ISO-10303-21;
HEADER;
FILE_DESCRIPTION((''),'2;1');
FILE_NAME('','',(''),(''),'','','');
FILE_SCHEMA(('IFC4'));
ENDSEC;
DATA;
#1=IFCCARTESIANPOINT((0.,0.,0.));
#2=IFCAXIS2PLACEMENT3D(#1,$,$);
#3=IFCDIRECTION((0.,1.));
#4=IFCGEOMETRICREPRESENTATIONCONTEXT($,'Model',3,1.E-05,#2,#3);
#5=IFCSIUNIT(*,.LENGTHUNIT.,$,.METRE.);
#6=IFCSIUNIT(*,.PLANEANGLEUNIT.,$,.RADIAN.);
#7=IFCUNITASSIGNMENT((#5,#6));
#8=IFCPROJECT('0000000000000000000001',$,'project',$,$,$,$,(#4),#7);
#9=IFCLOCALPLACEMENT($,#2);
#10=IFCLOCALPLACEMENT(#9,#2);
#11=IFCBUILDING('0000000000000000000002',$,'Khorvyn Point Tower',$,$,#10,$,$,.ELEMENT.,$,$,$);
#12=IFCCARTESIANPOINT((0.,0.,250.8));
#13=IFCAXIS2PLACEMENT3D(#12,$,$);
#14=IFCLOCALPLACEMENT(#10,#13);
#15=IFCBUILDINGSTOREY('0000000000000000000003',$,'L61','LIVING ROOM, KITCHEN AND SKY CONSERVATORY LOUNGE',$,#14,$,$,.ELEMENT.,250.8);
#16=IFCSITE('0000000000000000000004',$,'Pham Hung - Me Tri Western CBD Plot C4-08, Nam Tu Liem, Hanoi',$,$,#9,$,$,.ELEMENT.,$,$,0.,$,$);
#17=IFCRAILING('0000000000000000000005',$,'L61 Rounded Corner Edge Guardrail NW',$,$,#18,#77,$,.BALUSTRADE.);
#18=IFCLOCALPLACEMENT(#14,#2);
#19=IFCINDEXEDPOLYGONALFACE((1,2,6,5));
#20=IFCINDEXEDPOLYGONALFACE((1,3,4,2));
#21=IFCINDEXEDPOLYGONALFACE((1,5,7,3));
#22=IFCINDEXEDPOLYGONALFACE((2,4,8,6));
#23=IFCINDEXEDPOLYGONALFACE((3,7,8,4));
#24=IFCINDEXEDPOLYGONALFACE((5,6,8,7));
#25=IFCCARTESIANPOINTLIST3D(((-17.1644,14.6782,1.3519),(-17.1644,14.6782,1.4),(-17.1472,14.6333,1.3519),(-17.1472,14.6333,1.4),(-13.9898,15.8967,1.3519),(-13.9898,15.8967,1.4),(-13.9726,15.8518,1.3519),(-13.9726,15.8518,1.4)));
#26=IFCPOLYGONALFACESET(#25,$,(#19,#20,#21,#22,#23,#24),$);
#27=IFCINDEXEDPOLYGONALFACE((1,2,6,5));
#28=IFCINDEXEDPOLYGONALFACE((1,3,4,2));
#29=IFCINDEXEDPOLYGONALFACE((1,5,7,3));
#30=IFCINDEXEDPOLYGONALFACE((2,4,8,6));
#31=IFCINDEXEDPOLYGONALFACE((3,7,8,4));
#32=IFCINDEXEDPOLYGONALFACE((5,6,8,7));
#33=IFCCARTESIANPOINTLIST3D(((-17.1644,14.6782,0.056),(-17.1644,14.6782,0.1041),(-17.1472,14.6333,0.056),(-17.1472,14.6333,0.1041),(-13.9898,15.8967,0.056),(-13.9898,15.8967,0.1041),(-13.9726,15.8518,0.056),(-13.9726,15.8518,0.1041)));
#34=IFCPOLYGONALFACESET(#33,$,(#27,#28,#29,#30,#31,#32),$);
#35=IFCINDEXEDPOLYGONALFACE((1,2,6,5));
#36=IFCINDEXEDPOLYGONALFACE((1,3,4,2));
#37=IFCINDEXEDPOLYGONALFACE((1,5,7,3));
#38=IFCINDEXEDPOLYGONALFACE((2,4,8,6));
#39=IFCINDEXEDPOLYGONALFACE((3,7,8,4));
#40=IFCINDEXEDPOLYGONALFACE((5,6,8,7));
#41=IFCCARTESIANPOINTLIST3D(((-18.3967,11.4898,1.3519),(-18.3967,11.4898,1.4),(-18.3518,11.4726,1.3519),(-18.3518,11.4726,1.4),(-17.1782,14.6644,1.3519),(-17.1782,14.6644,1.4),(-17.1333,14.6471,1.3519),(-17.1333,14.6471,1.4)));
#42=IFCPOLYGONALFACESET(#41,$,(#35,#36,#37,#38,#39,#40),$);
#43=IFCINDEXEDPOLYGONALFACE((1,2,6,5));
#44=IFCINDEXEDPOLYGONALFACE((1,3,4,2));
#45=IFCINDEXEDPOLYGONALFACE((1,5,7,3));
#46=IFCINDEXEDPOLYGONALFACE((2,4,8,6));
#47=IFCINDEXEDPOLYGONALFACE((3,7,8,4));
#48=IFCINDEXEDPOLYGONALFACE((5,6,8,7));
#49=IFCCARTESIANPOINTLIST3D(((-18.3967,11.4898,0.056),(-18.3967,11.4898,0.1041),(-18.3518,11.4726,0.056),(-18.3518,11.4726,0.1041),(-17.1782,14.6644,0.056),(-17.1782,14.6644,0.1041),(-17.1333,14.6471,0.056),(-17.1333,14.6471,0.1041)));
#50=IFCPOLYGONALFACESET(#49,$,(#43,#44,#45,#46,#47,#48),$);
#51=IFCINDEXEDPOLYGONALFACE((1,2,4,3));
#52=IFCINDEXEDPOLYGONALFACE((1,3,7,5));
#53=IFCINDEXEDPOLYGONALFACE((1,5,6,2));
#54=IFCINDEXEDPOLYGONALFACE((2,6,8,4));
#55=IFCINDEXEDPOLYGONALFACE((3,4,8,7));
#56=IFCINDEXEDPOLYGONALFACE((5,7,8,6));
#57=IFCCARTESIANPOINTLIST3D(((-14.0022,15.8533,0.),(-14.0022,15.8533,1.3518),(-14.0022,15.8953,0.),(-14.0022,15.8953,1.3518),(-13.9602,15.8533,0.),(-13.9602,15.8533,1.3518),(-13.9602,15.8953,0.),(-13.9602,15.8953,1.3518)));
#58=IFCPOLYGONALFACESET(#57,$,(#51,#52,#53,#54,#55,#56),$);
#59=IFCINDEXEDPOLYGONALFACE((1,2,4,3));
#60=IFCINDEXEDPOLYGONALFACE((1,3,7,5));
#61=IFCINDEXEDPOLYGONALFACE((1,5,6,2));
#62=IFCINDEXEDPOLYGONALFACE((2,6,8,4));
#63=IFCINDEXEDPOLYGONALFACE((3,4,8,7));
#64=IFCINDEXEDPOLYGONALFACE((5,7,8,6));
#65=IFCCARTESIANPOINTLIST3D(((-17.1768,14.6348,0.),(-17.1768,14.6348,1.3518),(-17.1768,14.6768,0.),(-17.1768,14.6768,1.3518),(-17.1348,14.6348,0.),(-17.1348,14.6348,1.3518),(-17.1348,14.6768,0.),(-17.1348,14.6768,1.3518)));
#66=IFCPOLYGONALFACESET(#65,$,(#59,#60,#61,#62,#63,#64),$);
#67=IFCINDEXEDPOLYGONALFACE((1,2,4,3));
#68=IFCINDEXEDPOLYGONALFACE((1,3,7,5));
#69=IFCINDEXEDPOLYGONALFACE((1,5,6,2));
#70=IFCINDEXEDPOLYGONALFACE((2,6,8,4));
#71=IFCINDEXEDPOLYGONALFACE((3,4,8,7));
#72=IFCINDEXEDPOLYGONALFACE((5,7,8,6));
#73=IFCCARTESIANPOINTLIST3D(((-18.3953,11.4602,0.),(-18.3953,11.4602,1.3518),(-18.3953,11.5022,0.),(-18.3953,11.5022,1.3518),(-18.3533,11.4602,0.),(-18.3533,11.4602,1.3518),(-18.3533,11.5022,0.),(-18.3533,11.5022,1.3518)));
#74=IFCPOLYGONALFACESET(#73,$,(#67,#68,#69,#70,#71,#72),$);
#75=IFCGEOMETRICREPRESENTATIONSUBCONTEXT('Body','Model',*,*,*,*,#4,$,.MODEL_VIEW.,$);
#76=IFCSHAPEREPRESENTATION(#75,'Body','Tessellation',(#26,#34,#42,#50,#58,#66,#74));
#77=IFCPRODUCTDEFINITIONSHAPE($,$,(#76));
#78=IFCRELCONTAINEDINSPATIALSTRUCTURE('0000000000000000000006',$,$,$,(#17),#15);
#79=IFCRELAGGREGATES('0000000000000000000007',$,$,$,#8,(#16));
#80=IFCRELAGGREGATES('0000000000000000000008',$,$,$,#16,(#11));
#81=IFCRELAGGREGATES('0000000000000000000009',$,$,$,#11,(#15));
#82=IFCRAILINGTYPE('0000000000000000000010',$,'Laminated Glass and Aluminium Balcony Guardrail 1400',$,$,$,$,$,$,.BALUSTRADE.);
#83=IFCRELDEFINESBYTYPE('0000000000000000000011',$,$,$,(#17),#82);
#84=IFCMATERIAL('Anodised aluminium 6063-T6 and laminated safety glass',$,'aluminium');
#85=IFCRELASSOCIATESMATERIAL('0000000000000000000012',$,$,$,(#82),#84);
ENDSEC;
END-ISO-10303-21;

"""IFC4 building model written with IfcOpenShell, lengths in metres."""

from ifc_helpers import new_model, si_unit, direction, frame, origin, origin_2d, place, context, subcontext, project, spatial, rectangle, extrude, material, type_object, element, save


model = new_model("IFC4")

# Units and contexts
model_context = context("Model", 3, precision=1e-05, world=origin(), true_north=direction((0.0, 1.0)))
body_context = subcontext(model_context, "Body", "Model", "MODEL_VIEW")
ifc_project = project(units=[si_unit("LENGTHUNIT", "METRE"), si_unit("PLANEANGLEUNIT", "RADIAN")], contexts=[model_context])

# Site, building, storey
site_placement = place(None, origin())
site = spatial("IfcSite", under=ifc_project, at=site_placement, Name="Pham Hung - Me Tri Western CBD Plot C4-08, Nam Tu Liem, Hanoi", CompositionType="ELEMENT", RefElevation=0.0)
building_placement = place(site_placement, origin())
building = spatial("IfcBuilding", under=site, at=building_placement, Name="Khorvyn Point Tower", CompositionType="ELEMENT")
storey_placement = place(building_placement, frame((0.0, 0.0, 250.8)))
storey = spatial("IfcBuildingStorey", under=building, at=storey_placement, Name="L61", Description="LIVING ROOM, KITCHEN AND SKY CONSERVATORY LOUNGE", CompositionType="ELEMENT", Elevation=250.8)

# Railing
ifc_material_1 = material(Name="Anodised aluminium 6063-T6 and laminated safety glass", Category="aluminium")
railing_type = type_object("IfcRailingType", Name="Laminated Glass and Aluminium Balcony Guardrail 1400", PredefinedType="BALUSTRADE", material=ifc_material_1)
railing_1_placement = place(storey_placement, frame((-13.9812, 15.8743, 0.0)))
element("IfcRailing", 1, at=railing_1_placement, inside=storey, type_object=railing_type, Name="L61 Rounded Corner Edge Guardrail NW", PredefinedType="BALUSTRADE", context=body_context, shape_type="SweptSolid", body=[
    extrude(rectangle(XDim=0.0481, YDim=0.0481, at=origin_2d()), frame((0.0, 0.0, 1.376), z_axis=(-0.93359, -0.358344, 0.0), x_axis=(0.358344, -0.93359, 0.0)), (0.0, 0.0, 1.0), 3.4004),
    extrude(rectangle(XDim=0.0481, YDim=0.0481, at=origin_2d()), frame((0.0, 0.0, 0.0801), z_axis=(-0.93359, -0.358344, 0.0), x_axis=(0.358344, -0.93359, 0.0)), (0.0, 0.0, 1.0), 3.4004),
    extrude(rectangle(XDim=0.0481, YDim=0.0481, at=origin_2d()), frame((-3.1746, -1.2185, 1.376), z_axis=(-0.358344, -0.93359, 0.0), x_axis=(0.93359, -0.358344, 0.0)), (0.0, 0.0, 1.0), 3.4004),
    extrude(rectangle(XDim=0.0481, YDim=0.0481, at=origin_2d()), frame((-3.1746, -1.2185, 0.0801), z_axis=(-0.358344, -0.93359, 0.0), x_axis=(0.93359, -0.358344, 0.0)), (0.0, 0.0, 1.0), 3.4004),
    extrude(rectangle(XDim=0.042, YDim=0.042, at=origin_2d()), origin(), (0.0, 0.0, 1.0), 1.3518),
    extrude(rectangle(XDim=0.042, YDim=0.042, at=origin_2d()), frame((-3.1746, -1.2185, 0.0)), (0.0, 0.0, 1.0), 1.3518),
    extrude(rectangle(XDim=0.042, YDim=0.042, at=origin_2d()), frame((-4.3931, -4.3931, 0.0)), (0.0, 0.0, 1.0), 1.3518),
])

save(model, "model.ifc")
